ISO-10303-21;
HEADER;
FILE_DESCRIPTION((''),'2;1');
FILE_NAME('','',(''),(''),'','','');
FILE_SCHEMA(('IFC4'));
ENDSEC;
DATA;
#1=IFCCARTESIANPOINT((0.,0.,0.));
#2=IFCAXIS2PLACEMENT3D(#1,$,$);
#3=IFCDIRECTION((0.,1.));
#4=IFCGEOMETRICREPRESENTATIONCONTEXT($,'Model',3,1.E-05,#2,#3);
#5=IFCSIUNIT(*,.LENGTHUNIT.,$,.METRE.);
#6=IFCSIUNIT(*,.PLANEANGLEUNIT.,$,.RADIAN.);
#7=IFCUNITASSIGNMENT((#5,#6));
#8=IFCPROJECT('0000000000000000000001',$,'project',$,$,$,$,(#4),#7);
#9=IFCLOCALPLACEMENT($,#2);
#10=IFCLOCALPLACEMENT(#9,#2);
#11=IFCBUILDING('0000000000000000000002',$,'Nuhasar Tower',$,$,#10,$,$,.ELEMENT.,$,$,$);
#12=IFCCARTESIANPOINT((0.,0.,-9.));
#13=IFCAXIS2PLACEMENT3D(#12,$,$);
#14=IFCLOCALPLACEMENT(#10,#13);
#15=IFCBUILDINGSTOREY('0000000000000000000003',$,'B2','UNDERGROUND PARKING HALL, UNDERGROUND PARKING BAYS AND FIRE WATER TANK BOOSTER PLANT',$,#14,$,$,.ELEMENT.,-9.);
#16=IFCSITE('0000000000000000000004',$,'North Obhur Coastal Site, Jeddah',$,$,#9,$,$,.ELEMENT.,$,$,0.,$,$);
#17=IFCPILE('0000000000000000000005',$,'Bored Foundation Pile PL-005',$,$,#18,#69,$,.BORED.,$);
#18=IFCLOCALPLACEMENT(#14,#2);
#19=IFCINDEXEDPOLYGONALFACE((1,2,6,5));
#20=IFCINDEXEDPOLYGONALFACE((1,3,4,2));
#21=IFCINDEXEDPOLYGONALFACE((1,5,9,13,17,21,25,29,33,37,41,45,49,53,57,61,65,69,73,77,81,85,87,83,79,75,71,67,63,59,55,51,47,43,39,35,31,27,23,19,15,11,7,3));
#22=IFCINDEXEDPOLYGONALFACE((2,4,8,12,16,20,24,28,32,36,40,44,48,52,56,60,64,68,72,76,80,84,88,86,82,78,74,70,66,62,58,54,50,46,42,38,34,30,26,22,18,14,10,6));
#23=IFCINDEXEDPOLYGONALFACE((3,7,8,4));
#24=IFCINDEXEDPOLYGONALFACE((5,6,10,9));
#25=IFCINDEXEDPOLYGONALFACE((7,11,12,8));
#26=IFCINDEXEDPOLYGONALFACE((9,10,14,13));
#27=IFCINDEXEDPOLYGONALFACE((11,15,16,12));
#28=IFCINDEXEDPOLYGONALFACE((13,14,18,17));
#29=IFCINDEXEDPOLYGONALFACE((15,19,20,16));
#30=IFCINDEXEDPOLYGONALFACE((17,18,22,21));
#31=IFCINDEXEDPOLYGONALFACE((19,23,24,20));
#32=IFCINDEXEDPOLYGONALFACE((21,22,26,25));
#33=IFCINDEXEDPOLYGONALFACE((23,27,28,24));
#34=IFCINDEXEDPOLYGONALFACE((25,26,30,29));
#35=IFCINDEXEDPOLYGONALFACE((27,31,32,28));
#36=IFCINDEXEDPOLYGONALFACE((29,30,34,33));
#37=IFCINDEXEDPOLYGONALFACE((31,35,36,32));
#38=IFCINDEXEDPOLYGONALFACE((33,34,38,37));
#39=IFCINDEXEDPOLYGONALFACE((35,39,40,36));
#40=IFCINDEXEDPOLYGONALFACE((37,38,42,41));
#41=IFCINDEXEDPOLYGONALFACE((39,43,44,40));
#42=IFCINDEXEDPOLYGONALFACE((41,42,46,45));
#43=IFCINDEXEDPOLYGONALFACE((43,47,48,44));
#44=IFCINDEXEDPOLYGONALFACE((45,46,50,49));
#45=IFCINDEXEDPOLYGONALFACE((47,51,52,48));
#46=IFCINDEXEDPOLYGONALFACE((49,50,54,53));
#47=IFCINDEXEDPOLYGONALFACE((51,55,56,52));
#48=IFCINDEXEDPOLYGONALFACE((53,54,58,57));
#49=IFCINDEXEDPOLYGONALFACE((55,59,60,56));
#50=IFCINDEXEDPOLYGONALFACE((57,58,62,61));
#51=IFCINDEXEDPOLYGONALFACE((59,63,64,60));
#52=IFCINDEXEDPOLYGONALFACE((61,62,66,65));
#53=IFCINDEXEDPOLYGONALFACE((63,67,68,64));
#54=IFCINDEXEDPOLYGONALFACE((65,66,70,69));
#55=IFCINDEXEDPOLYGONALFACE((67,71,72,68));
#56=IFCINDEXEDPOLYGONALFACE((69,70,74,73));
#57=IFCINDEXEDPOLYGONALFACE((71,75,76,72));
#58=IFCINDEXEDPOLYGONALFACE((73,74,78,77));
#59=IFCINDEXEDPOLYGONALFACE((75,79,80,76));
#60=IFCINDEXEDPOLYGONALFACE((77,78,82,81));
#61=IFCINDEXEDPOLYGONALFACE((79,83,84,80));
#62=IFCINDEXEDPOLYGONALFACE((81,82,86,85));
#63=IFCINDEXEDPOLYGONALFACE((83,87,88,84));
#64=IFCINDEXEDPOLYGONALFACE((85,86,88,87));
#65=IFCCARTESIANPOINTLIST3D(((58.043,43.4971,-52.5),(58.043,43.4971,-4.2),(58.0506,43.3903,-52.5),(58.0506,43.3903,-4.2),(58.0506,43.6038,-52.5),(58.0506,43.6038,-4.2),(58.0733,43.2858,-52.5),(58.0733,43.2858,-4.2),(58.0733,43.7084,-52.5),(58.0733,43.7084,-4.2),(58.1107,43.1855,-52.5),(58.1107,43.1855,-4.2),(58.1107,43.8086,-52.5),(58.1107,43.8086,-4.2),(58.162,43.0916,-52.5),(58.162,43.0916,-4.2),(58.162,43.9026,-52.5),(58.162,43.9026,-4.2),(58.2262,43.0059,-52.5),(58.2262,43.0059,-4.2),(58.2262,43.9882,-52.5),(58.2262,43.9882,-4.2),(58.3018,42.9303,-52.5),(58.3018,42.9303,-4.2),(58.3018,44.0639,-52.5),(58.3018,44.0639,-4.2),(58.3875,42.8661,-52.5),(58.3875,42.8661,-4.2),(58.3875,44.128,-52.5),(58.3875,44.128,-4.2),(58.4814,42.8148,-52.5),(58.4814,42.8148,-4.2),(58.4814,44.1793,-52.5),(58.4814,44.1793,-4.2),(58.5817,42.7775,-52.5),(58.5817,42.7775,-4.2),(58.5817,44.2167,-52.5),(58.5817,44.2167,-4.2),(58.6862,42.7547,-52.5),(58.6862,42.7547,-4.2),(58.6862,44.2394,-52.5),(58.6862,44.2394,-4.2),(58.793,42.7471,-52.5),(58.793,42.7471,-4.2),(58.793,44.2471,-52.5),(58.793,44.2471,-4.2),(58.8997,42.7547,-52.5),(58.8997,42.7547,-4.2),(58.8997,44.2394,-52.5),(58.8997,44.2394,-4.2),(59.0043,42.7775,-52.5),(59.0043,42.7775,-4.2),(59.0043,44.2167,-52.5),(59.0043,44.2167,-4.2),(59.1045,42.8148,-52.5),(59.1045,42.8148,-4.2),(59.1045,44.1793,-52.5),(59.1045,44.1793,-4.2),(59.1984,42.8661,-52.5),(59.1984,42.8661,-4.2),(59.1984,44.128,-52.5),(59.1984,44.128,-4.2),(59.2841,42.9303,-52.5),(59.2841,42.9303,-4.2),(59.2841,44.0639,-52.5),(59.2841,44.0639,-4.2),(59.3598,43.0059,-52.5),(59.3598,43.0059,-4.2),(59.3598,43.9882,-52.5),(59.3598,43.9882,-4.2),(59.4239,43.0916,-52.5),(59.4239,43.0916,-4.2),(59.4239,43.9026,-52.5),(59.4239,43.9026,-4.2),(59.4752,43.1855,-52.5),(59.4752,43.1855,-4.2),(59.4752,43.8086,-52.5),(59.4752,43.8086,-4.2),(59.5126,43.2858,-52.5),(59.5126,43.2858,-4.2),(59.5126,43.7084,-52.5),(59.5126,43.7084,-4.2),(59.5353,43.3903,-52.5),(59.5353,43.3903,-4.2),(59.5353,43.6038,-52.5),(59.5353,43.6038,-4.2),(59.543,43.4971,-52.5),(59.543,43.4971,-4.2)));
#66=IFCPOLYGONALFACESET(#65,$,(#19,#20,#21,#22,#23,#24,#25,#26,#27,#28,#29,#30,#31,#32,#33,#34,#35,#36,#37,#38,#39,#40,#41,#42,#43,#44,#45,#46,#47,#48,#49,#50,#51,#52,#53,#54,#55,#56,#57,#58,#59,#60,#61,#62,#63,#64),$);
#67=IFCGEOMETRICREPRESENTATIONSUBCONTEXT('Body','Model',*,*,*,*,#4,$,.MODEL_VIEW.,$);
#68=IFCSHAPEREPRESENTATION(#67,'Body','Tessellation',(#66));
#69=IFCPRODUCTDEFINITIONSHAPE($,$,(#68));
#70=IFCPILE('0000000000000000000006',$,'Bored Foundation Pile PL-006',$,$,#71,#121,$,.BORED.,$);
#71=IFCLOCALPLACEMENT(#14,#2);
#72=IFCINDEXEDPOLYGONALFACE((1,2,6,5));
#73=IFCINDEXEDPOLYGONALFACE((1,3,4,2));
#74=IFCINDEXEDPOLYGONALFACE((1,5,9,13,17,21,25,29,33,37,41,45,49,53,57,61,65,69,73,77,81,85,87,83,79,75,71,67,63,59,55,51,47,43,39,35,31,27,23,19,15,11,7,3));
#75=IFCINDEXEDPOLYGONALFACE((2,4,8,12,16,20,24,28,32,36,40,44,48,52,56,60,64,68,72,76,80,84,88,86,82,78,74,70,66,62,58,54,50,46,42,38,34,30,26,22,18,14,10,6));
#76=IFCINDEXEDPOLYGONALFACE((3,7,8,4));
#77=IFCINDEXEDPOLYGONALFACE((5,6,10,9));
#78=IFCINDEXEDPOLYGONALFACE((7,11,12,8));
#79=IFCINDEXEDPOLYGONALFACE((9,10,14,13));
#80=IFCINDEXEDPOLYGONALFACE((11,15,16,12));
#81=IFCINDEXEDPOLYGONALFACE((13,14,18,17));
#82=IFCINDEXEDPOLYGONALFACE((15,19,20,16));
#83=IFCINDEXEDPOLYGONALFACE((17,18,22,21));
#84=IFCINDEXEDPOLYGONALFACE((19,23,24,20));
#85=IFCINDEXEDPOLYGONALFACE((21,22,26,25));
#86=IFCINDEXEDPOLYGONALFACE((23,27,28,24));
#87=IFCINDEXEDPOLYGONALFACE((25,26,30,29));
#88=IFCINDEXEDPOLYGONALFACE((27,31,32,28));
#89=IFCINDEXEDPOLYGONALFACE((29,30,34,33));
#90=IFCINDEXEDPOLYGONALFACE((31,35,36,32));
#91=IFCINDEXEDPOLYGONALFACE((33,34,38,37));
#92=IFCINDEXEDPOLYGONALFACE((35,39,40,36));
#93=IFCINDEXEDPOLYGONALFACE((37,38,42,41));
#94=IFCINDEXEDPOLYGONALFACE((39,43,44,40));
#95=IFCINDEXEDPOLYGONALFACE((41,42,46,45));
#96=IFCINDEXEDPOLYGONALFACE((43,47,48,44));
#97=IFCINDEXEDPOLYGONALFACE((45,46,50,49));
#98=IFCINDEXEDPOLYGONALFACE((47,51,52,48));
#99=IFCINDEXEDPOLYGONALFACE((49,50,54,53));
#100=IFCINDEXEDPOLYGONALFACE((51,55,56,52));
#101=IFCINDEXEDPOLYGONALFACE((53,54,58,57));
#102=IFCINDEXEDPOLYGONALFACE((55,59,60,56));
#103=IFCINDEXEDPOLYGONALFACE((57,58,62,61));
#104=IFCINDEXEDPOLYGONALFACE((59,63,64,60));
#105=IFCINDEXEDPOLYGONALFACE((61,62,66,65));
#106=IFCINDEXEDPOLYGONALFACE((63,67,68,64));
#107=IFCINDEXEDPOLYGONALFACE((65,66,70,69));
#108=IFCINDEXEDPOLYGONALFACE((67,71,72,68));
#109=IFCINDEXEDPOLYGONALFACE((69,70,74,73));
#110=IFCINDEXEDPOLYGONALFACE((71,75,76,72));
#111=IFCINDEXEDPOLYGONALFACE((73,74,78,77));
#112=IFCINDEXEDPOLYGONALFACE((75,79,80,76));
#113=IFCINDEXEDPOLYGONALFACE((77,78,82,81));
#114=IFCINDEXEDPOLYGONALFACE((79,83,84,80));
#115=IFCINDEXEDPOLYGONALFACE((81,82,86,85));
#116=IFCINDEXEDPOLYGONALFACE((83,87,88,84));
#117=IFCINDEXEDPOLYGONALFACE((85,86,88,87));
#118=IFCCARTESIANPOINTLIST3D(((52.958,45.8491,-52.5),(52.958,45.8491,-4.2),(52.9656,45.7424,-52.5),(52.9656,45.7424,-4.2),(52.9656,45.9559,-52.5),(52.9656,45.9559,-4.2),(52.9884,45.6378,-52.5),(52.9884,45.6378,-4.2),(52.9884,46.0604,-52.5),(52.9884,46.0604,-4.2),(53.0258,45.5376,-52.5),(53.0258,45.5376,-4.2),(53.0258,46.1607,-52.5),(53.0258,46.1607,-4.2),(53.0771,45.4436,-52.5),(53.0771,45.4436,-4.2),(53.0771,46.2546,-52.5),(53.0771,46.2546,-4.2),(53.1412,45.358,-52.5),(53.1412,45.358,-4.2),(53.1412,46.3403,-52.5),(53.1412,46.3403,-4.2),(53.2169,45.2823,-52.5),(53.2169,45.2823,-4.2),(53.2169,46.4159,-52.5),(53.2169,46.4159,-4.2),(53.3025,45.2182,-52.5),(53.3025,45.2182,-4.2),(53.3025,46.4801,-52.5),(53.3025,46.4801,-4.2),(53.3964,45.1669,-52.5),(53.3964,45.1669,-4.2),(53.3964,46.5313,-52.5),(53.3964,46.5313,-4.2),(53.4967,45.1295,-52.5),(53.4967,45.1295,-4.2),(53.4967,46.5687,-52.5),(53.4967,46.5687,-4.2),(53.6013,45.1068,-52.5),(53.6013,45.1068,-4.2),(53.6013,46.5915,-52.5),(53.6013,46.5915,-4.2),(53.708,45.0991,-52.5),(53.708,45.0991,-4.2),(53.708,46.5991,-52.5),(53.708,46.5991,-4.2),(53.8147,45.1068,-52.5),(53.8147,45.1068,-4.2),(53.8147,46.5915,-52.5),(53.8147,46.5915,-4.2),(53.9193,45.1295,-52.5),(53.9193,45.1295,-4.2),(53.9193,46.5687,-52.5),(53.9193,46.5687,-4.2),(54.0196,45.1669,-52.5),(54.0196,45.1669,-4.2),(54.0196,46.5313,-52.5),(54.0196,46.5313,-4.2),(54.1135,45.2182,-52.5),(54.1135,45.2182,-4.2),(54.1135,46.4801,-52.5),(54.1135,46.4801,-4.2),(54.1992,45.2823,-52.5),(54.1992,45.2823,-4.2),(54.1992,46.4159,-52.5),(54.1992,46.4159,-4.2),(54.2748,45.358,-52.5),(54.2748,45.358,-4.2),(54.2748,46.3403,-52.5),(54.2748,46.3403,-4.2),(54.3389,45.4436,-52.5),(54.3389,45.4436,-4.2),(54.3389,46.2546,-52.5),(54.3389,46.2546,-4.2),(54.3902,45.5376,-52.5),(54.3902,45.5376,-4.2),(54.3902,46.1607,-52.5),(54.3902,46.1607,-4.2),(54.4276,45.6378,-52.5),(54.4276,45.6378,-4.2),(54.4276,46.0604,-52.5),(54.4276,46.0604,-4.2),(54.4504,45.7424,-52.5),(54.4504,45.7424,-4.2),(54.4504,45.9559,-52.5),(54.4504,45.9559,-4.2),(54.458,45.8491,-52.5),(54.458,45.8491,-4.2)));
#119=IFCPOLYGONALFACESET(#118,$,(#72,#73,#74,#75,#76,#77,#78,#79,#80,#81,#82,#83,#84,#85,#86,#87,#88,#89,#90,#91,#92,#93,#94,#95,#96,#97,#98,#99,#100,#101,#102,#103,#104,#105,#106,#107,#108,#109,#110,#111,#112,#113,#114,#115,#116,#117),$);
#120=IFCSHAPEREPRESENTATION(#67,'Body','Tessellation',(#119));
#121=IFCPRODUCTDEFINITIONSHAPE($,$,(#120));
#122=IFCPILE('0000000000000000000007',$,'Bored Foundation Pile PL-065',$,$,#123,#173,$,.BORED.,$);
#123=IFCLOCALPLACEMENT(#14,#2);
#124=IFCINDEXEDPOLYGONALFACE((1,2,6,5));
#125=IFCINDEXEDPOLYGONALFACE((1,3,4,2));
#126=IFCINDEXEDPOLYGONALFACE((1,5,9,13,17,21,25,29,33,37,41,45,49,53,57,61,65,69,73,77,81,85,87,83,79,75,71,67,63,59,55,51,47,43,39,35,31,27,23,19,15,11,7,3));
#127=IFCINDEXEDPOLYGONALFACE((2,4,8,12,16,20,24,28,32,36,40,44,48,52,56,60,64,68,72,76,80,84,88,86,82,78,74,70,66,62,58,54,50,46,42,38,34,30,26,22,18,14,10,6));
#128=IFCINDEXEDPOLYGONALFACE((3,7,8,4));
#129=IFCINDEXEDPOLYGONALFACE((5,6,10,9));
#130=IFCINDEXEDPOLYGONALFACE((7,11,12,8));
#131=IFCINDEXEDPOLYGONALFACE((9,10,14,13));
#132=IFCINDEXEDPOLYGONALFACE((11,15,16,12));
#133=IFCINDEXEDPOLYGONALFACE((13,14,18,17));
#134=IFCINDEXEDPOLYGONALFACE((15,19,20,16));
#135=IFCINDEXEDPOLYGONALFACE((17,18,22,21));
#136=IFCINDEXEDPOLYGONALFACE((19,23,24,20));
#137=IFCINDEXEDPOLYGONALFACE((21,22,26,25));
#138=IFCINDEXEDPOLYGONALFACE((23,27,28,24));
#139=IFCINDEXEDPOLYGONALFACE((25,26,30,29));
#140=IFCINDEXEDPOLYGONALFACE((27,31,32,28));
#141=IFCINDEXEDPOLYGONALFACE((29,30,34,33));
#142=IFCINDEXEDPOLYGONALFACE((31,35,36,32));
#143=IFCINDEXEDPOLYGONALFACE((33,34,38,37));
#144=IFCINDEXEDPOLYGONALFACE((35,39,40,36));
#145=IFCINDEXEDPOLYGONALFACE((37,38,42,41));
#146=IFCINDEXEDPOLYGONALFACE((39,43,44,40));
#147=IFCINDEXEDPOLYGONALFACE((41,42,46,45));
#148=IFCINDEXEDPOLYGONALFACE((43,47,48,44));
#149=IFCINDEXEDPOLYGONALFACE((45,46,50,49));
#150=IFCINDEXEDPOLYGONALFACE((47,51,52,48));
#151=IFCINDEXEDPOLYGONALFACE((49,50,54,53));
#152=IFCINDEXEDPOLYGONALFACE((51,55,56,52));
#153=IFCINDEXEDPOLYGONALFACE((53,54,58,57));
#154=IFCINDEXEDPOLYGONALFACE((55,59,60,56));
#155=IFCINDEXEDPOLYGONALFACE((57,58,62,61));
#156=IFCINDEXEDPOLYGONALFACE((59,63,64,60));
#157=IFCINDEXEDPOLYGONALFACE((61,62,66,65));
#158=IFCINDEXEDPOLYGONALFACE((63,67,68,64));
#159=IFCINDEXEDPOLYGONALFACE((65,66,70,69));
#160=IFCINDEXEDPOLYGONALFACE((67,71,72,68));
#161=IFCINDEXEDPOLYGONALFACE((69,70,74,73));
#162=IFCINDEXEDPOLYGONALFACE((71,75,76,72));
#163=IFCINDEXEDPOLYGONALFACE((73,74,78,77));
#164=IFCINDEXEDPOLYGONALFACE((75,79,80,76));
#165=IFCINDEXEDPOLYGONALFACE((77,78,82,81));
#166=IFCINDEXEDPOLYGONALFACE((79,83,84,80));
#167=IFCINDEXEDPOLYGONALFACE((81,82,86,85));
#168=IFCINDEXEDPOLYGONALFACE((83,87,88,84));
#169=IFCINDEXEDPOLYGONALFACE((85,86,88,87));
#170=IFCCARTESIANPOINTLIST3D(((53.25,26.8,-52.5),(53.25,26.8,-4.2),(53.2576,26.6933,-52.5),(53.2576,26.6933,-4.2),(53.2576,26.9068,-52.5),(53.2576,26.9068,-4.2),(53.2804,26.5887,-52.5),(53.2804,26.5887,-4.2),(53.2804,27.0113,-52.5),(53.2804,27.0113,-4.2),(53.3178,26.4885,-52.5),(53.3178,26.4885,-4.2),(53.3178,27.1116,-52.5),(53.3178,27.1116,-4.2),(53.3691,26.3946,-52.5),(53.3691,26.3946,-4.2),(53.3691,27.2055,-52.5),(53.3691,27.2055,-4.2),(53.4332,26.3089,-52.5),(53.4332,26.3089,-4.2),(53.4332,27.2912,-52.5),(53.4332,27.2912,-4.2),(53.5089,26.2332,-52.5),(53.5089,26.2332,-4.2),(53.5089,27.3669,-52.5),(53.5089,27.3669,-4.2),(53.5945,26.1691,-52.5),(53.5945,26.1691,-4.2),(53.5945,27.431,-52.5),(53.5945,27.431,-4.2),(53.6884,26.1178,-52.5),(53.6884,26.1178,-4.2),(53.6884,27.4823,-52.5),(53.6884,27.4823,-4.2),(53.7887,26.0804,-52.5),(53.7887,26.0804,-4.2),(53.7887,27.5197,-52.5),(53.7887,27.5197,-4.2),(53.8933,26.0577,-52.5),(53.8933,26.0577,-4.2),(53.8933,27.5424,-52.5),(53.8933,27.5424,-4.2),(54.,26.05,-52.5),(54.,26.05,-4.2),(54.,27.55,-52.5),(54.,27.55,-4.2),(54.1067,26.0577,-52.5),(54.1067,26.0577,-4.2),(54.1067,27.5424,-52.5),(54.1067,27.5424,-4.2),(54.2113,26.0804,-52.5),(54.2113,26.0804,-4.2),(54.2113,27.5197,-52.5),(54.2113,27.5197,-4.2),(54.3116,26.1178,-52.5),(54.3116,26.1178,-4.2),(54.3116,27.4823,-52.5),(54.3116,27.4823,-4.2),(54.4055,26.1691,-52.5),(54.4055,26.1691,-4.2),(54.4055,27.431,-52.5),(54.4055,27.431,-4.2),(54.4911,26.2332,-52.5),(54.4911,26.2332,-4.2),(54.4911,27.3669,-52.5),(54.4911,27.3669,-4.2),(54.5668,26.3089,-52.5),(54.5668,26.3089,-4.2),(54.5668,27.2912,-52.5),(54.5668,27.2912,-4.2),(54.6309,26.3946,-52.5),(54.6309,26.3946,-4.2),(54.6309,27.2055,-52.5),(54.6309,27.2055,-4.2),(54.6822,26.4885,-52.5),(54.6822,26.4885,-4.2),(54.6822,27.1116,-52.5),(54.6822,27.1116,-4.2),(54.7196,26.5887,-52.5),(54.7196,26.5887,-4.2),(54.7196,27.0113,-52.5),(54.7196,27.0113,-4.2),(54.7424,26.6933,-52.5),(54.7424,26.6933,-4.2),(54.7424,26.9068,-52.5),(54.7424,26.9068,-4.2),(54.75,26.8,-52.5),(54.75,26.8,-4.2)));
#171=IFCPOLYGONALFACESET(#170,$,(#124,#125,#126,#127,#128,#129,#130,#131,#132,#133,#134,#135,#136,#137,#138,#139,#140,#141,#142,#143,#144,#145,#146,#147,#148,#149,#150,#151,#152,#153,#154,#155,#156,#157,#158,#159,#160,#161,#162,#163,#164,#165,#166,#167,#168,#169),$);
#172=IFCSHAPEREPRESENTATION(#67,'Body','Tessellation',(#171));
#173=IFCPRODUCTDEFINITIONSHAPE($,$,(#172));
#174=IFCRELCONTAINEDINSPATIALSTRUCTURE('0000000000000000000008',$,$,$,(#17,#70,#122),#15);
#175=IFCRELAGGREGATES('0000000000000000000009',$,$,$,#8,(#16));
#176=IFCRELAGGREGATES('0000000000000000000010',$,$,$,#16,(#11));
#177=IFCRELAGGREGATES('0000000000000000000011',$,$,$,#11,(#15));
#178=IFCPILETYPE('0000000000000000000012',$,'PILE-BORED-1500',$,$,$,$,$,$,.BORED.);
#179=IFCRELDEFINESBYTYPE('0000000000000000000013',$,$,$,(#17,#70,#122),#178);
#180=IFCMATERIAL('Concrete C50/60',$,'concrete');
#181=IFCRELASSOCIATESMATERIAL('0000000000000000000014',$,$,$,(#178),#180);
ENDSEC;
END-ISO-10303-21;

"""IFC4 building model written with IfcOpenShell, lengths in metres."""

from ifc_helpers import new_model, si_unit, direction, frame, origin, origin_2d, place, context, subcontext, project, spatial, circle, extrude, material, material_profile, profile_set, type_object, element, save


model = new_model("IFC4")

# Units and contexts
model_context = context("Model", 3, precision=1e-05, world=origin(), true_north=direction((0.0, 1.0)))
body_context = subcontext(model_context, "Body", "Model", "MODEL_VIEW")
ifc_project = project(units=[si_unit("LENGTHUNIT", "METRE"), si_unit("PLANEANGLEUNIT", "RADIAN")], contexts=[model_context])

# Site, building, storey
site_placement = place(None, origin())
site = spatial("IfcSite", under=ifc_project, at=site_placement, Name="North Obhur Coastal Site, Jeddah", CompositionType="ELEMENT", RefElevation=0.0)
building_placement = place(site_placement, origin())
building = spatial("IfcBuilding", under=site, at=building_placement, Name="Nuhasar Tower", CompositionType="ELEMENT")
storey_placement = place(building_placement, frame((0.0, 0.0, -9.0)))
storey = spatial("IfcBuildingStorey", under=building, at=storey_placement, Name="B2", Description="UNDERGROUND PARKING HALL, UNDERGROUND PARKING BAYS AND FIRE WATER TANK BOOSTER PLANT", CompositionType="ELEMENT", Elevation=-9.0)

# Piles
ifc_material_1 = material(Name="Concrete C50/60", Category="concrete")
ifc_material_profile_1 = material_profile(ifc_material_1, circle(Radius=0.75, at=origin_2d()), Name="PILE1500")
ifc_profile_set_1 = profile_set([ifc_material_profile_1], Name="Concrete C50/60")
pile_type = type_object("IfcPileType", Name="PILE-BORED-1500", PredefinedType="BORED", material=ifc_profile_set_1)
for number, where, z_axis, x_axis, name in (
    (1, (58.793, 43.4971, -4.2), (0.0, 0.0, -1.0), (1.0, 0.0, 0.0), "Bored Foundation Pile PL-005"),
    (2, (53.708, 45.8491, -4.2), (0.0, 0.0, -1.0), (1.0, 0.0, 0.0), "Bored Foundation Pile PL-006"),
    (3, (54.0, 26.8, -4.2), (0.0, 0.0, -1.0), (1.0, 0.0, 0.0), "Bored Foundation Pile PL-065"),
):
    element("IfcPile", number, at=place(storey_placement, frame(where, z_axis=z_axis, x_axis=x_axis)), inside=storey, type_object=pile_type, Name=name, PredefinedType="BORED", context=body_context, shape_type="SweptSolid", body=[
        extrude(circle(Radius=0.75, at=origin_2d()), origin(), (0.0, 0.0, 1.0), 48.3),
    ])

save(model, "model.ifc")
